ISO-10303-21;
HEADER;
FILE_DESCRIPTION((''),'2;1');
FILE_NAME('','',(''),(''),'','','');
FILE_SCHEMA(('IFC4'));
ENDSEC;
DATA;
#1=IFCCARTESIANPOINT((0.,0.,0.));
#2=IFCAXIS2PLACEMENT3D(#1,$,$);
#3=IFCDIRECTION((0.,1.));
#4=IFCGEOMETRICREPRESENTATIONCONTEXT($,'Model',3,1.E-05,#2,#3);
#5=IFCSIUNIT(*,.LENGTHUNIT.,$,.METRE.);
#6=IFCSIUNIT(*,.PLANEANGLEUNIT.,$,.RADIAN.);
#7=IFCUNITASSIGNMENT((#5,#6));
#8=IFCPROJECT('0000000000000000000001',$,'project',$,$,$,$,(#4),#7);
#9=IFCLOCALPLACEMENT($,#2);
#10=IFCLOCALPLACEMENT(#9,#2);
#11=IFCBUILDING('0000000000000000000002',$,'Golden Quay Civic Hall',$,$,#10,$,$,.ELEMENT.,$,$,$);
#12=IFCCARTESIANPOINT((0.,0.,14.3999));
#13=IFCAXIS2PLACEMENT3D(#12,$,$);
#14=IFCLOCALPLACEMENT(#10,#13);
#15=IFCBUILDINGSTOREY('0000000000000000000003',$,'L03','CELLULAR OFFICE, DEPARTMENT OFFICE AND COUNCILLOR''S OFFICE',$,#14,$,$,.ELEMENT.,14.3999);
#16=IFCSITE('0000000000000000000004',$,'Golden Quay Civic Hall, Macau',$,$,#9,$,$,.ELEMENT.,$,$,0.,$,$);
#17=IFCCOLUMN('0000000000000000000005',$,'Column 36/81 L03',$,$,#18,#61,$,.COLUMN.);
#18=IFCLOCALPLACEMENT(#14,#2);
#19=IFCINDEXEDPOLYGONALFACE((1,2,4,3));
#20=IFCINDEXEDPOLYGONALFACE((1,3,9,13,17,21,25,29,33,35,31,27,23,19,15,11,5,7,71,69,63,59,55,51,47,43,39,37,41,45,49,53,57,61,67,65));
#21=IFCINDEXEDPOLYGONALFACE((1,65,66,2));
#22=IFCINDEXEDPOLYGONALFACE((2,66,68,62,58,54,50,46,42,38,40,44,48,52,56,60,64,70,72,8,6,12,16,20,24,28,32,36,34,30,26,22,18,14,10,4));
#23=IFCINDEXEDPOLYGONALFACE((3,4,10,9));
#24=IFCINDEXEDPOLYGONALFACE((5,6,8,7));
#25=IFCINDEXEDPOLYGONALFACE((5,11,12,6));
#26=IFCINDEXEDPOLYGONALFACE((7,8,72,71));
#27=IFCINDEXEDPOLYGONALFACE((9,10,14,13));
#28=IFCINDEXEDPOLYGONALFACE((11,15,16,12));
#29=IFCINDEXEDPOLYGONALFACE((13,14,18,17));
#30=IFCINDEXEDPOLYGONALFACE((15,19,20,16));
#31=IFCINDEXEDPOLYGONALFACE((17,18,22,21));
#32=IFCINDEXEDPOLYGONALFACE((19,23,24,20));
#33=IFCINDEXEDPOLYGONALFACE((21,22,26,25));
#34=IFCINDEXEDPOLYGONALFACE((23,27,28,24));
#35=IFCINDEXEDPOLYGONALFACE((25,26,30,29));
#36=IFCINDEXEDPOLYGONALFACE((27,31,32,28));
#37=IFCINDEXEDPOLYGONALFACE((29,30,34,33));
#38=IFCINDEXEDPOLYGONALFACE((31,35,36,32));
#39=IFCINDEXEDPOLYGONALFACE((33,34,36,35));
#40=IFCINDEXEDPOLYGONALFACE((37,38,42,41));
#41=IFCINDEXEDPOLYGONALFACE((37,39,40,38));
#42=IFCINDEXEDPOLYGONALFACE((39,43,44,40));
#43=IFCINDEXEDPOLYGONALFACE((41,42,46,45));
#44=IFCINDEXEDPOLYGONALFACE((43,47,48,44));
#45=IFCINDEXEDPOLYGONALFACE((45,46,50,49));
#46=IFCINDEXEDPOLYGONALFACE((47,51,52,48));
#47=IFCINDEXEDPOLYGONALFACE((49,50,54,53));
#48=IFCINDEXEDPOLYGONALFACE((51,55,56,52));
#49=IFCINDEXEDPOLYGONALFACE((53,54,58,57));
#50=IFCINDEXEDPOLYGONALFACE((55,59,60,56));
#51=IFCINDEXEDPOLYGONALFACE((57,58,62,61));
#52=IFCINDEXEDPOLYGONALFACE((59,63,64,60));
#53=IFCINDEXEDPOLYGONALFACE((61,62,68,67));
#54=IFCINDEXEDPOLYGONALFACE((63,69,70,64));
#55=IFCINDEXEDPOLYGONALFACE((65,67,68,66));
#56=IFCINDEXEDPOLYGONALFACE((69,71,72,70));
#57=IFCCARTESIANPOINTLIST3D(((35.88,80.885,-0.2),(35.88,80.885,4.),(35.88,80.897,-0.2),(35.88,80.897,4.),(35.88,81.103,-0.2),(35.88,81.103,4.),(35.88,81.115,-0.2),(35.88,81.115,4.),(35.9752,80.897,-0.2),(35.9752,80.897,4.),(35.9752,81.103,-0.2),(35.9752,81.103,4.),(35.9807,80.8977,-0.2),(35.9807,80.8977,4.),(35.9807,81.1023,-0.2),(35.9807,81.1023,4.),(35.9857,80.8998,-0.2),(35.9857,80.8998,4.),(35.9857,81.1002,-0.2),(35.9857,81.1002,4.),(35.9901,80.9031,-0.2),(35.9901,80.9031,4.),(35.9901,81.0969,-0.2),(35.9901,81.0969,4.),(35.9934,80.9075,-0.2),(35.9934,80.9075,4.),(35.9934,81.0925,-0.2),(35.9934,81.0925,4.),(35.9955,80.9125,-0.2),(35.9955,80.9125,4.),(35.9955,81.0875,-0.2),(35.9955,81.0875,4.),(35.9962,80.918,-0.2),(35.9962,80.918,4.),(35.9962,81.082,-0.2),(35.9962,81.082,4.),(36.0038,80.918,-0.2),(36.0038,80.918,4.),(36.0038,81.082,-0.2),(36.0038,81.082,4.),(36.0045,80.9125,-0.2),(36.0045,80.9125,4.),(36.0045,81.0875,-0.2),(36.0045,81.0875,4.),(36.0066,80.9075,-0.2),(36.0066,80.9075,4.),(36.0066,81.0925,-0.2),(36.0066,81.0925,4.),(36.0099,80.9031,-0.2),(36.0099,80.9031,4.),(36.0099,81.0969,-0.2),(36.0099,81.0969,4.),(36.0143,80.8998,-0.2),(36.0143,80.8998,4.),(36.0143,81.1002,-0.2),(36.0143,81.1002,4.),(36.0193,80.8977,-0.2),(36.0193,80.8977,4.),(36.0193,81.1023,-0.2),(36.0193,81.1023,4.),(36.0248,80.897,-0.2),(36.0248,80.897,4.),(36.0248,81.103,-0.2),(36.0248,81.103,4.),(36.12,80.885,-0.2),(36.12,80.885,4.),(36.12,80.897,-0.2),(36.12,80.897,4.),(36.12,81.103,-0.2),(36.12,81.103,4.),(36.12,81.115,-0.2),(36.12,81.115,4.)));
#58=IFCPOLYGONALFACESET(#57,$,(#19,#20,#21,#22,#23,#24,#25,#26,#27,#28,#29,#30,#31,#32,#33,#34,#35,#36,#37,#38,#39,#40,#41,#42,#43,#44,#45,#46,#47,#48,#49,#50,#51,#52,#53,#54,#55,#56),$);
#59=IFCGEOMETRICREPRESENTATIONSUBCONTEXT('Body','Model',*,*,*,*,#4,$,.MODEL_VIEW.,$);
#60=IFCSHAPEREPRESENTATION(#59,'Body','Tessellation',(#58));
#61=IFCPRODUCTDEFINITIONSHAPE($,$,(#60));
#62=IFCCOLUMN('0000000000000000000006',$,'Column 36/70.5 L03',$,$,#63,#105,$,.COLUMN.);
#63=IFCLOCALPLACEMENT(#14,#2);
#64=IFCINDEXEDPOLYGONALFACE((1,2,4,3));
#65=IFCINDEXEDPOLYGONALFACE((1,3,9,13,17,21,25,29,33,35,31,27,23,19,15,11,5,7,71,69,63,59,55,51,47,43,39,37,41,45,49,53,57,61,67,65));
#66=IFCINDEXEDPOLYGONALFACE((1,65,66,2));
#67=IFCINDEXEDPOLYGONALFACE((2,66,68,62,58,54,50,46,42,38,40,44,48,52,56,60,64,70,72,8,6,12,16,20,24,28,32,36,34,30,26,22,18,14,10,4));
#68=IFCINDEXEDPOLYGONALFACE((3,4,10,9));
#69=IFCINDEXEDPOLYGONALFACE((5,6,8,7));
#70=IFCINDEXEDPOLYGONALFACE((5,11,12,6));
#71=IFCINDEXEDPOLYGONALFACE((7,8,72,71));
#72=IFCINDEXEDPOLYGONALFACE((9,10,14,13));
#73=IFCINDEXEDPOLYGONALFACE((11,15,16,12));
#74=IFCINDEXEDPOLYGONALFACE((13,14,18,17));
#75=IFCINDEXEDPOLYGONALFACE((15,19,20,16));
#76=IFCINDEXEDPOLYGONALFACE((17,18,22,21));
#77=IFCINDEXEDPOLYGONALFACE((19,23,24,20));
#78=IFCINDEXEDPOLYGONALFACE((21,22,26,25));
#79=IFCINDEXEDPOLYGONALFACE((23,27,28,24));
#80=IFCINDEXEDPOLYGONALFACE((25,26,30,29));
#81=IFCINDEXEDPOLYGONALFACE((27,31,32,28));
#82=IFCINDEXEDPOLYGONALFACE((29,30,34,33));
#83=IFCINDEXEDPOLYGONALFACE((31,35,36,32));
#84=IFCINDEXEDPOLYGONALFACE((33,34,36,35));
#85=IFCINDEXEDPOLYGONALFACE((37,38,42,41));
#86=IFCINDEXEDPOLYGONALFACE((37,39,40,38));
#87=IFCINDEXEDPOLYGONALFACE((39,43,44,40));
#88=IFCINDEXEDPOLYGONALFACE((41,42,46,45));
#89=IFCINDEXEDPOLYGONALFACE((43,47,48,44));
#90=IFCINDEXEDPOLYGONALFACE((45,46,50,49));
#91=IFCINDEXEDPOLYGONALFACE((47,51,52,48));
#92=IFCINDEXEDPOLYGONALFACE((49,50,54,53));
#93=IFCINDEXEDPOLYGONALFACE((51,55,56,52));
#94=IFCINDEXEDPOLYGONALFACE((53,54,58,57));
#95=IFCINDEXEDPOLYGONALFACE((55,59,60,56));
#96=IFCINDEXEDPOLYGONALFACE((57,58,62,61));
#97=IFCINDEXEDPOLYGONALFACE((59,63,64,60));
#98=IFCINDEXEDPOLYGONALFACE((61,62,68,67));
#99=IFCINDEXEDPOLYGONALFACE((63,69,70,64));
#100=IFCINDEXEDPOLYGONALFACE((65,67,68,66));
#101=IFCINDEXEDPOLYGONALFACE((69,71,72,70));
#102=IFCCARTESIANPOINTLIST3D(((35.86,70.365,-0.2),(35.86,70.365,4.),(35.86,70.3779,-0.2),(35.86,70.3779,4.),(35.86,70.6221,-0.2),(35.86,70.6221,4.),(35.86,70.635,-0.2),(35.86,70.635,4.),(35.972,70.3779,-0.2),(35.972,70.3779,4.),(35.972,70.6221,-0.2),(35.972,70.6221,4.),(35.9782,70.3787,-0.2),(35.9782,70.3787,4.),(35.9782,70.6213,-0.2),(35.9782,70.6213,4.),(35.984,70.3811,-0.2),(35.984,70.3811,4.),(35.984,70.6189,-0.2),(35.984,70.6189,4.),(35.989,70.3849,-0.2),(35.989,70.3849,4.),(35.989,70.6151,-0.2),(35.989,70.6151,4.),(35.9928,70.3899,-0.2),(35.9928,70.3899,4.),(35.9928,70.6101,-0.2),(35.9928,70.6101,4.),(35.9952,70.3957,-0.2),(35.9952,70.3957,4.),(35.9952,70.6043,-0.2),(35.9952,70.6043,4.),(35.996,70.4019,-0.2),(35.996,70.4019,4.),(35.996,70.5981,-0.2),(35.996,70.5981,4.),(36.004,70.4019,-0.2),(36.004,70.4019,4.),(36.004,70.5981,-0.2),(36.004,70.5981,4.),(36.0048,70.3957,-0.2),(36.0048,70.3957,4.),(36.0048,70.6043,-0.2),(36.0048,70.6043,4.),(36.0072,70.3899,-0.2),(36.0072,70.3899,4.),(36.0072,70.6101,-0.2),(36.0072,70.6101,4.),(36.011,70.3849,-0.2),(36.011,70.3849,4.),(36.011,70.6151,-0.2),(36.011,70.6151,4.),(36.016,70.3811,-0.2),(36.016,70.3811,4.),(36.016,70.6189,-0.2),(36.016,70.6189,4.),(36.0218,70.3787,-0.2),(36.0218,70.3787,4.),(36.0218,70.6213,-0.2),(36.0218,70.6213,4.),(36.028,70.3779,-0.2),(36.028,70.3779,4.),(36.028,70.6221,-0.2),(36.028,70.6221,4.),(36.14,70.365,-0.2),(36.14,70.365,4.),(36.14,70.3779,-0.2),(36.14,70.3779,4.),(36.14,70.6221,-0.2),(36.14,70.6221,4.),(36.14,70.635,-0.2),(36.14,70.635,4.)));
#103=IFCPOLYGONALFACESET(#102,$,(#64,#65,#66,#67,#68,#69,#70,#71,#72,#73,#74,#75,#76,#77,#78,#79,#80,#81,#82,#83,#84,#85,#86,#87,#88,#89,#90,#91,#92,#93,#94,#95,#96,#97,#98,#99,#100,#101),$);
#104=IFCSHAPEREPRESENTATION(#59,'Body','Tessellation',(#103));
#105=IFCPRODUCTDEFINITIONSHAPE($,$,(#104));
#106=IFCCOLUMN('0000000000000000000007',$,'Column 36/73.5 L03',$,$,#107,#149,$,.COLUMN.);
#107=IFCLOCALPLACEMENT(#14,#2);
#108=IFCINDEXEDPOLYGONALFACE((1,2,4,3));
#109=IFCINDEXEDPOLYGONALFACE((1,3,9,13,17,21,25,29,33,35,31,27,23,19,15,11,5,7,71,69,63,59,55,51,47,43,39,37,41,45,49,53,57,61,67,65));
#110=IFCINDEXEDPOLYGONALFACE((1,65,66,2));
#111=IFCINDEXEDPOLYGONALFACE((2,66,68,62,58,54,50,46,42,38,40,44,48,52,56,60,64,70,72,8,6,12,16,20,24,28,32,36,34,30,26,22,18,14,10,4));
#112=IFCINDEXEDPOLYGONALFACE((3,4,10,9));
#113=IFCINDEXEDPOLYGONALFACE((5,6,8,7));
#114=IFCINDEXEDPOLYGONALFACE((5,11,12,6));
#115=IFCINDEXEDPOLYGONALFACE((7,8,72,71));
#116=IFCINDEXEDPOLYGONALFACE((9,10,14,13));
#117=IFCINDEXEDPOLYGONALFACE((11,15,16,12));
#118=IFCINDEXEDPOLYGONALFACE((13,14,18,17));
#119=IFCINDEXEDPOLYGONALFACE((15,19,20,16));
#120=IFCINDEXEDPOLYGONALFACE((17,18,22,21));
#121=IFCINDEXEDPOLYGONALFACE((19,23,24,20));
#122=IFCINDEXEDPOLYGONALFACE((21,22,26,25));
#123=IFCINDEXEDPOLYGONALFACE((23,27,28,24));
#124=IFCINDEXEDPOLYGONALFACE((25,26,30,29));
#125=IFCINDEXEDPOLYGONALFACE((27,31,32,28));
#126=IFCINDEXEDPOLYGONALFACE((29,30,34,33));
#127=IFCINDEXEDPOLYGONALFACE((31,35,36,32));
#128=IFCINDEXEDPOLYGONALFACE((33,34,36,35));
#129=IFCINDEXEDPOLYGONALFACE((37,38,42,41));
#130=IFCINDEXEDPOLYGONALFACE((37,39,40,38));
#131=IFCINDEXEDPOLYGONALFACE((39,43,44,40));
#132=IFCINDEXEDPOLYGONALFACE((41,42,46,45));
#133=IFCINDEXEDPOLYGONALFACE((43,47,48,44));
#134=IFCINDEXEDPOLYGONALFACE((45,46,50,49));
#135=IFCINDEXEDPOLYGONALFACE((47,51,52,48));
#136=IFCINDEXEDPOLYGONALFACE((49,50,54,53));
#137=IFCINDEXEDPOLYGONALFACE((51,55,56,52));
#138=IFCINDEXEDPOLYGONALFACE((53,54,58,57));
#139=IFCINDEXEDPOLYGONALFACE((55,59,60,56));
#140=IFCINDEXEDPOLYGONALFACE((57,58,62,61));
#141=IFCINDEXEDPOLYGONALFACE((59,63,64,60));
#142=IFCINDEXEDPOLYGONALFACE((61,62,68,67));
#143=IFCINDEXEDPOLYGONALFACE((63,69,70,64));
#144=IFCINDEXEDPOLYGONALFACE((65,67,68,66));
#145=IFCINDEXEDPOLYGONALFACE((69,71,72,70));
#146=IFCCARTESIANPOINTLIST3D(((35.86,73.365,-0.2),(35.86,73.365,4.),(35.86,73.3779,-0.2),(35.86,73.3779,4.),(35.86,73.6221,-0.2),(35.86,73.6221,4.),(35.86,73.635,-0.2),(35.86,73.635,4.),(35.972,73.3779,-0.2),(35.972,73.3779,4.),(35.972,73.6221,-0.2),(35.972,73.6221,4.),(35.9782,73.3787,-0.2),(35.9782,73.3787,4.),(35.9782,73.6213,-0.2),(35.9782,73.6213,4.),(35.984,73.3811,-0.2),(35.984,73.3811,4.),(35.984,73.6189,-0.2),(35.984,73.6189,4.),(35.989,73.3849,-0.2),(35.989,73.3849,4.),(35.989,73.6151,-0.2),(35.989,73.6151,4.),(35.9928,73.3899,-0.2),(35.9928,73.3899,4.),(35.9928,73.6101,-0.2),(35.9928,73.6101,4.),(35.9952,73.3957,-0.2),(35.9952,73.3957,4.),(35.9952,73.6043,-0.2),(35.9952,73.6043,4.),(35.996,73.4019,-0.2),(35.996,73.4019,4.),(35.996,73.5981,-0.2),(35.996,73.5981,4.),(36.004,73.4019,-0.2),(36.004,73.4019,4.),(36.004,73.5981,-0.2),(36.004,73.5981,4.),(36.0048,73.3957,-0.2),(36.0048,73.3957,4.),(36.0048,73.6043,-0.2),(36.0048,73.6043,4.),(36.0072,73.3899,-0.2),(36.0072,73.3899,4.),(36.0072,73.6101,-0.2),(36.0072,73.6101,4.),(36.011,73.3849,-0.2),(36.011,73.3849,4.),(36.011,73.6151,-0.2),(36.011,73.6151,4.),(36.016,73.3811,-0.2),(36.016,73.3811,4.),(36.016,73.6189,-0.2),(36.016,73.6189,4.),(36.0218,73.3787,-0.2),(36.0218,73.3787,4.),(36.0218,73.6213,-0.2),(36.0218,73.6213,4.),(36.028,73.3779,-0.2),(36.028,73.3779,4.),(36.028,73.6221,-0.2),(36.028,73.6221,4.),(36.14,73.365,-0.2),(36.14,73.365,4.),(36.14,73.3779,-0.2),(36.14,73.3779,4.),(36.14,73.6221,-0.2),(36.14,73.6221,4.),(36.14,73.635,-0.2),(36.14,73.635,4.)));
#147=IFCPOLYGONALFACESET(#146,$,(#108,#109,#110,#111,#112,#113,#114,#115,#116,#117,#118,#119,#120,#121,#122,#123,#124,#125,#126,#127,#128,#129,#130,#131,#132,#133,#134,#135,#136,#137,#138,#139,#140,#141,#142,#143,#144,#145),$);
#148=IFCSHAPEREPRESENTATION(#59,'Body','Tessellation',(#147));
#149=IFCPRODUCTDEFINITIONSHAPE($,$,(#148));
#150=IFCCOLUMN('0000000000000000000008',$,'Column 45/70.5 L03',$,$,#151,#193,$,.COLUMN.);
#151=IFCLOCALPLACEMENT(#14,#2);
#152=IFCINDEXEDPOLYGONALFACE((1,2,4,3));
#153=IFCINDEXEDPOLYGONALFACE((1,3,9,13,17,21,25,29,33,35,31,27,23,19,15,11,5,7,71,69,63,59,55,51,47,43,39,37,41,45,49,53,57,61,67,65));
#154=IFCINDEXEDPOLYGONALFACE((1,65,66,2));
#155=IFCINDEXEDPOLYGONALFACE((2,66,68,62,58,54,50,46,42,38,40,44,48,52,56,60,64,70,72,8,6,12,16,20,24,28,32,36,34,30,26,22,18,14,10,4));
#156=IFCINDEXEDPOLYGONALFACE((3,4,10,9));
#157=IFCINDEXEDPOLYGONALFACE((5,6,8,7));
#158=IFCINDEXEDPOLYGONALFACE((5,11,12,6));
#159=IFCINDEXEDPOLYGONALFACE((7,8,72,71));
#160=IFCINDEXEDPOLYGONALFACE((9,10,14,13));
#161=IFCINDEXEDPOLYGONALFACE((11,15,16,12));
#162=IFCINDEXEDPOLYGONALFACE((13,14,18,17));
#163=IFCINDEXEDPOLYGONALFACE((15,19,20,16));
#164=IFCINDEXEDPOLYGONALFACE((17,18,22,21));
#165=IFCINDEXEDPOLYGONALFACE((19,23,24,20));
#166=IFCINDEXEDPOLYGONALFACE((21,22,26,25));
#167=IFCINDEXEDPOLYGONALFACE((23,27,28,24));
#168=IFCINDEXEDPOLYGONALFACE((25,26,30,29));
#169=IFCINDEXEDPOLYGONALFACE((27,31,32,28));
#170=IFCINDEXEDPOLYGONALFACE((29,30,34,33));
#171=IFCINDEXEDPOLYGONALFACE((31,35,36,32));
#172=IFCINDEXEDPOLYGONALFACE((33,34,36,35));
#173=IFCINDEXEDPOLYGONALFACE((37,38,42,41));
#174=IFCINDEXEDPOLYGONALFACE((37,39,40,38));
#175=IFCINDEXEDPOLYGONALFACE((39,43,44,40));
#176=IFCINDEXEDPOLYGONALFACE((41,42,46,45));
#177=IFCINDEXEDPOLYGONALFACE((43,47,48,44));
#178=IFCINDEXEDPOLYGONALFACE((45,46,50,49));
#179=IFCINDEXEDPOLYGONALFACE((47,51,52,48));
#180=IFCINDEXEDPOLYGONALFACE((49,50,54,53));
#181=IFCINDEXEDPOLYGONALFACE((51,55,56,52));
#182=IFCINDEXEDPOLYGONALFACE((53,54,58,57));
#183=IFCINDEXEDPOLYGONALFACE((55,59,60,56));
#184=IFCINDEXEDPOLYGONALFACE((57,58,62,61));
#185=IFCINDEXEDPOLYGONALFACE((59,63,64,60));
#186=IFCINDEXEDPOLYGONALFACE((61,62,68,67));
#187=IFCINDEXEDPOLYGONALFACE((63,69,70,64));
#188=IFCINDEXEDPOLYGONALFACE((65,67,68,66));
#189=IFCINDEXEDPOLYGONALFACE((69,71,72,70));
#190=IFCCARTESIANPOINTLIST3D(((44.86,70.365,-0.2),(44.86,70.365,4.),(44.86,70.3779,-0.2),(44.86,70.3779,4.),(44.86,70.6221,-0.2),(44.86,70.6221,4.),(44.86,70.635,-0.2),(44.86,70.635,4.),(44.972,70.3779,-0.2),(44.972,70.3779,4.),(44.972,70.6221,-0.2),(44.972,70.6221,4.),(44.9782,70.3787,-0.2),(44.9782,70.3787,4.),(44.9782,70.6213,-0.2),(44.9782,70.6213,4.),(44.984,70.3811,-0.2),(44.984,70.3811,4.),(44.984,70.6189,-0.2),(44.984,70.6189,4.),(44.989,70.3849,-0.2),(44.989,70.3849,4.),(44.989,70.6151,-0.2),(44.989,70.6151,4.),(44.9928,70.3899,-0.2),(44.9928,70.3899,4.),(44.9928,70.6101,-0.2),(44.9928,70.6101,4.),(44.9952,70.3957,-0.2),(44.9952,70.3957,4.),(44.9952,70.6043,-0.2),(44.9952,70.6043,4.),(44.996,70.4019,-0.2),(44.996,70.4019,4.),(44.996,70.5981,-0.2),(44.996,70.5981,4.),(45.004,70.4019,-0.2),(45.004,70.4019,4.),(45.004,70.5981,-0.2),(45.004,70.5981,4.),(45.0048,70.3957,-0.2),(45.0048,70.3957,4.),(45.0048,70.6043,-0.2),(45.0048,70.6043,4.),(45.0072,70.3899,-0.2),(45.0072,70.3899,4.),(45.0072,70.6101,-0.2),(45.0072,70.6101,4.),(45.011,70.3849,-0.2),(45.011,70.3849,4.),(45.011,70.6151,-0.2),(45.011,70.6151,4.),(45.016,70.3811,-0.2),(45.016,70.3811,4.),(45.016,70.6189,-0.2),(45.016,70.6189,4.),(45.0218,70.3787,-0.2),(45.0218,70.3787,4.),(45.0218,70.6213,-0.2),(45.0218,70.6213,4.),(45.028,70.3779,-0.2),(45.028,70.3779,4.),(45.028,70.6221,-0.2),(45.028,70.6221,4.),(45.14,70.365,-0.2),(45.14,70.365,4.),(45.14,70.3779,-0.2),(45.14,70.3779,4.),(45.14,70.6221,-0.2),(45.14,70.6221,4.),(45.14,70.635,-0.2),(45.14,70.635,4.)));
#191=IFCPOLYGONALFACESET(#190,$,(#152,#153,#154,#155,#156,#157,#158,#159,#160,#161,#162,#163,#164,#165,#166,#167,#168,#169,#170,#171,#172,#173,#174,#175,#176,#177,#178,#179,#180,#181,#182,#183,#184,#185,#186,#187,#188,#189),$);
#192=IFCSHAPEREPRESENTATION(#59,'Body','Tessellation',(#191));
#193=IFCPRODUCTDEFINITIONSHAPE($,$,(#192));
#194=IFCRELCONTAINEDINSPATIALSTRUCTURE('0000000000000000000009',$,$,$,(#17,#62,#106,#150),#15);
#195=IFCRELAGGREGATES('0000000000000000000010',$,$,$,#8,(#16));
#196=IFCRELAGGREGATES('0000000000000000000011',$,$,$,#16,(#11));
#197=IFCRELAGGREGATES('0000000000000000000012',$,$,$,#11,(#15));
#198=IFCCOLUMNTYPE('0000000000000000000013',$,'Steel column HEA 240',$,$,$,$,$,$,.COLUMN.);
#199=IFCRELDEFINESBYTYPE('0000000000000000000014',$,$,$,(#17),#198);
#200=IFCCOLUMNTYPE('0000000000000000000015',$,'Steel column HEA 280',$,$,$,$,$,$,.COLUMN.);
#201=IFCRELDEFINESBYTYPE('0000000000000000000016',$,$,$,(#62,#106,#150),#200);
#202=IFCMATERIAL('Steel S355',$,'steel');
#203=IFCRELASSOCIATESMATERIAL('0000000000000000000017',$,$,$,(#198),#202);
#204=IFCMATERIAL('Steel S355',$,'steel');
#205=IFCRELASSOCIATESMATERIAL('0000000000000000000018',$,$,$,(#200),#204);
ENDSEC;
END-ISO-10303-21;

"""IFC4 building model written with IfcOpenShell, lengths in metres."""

from ifc_helpers import new_model, si_unit, direction, frame, origin, origin_2d, place, context, subcontext, project, spatial, i_section, extrude, material, material_profile, profile_set, type_object, element, save


model = new_model("IFC4")

# Units and contexts
model_context = context("Model", 3, precision=1e-05, world=origin(), true_north=direction((0.0, 1.0)))
body_context = subcontext(model_context, "Body", "Model", "MODEL_VIEW")
ifc_project = project(units=[si_unit("LENGTHUNIT", "METRE"), si_unit("PLANEANGLEUNIT", "RADIAN")], contexts=[model_context])

# Site, building, storey
site_placement = place(None, origin())
site = spatial("IfcSite", under=ifc_project, at=site_placement, Name="Golden Quay Civic Hall, Macau", CompositionType="ELEMENT", RefElevation=0.0)
building_placement = place(site_placement, origin())
building = spatial("IfcBuilding", under=site, at=building_placement, Name="Golden Quay Civic Hall", CompositionType="ELEMENT")
storey_placement = place(building_placement, frame((0.0, 0.0, 14.3999)))
storey = spatial("IfcBuildingStorey", under=building, at=storey_placement, Name="L03", Description="CELLULAR OFFICE, DEPARTMENT OFFICE AND COUNCILLOR'S OFFICE", CompositionType="ELEMENT", Elevation=14.3999)

# Columns
ifc_material_1 = material(Name="Steel S355", Category="steel")
ifc_material_profile_1 = material_profile(ifc_material_1, i_section(OverallWidth=0.24, OverallDepth=0.23, WebThickness=0.0076, FlangeThickness=0.012, FilletRadius=0.021, at=origin_2d()), Name="HEA 240")
ifc_profile_set_1 = profile_set([ifc_material_profile_1], Name="Steel S355")
column_type_1 = type_object("IfcColumnType", Name="Steel column HEA 240", PredefinedType="COLUMN", material=ifc_profile_set_1)
column_placement = place(storey_placement, frame((36.0, 81.0, -0.2), z_axis=(0.0, 0.0, 1.0), x_axis=(1.0, 0.0, 0.0)))
element("IfcColumn", 1, at=column_placement, inside=storey, type_object=column_type_1, Name="Column 36/81 L03", PredefinedType="COLUMN", context=body_context, shape_type="SweptSolid", body=[
    extrude(i_section(OverallWidth=0.24, OverallDepth=0.23, WebThickness=0.0076, FlangeThickness=0.012, FilletRadius=0.021, at=origin_2d()), origin(), (0.0, 0.0, 1.0), 4.2),
])
ifc_material_2 = material(Name="Steel S355", Category="steel")
ifc_material_profile_2 = material_profile(ifc_material_2, i_section(OverallWidth=0.28, OverallDepth=0.27, WebThickness=0.0081, FlangeThickness=0.0129, FilletRadius=0.0239, at=origin_2d()), Name="HEA 280")
ifc_profile_set_2 = profile_set([ifc_material_profile_2], Name="Steel S355")
column_type_2 = type_object("IfcColumnType", Name="Steel column HEA 280", PredefinedType="COLUMN", material=ifc_profile_set_2)
for number, where, z_axis, x_axis, name in (
    (2, (36.0, 70.5, -0.2), (0.0, 0.0, 1.0), (1.0, 0.0, 0.0), "Column 36/70.5 L03"),
    (3, (36.0, 73.5, -0.2), (0.0, 0.0, 1.0), (1.0, 0.0, 0.0), "Column 36/73.5 L03"),
    (4, (45.0, 70.5, -0.2), (0.0, 0.0, 1.0), (1.0, 0.0, 0.0), "Column 45/70.5 L03"),
):
    element("IfcColumn", number, at=place(storey_placement, frame(where, z_axis=z_axis, x_axis=x_axis)), inside=storey, type_object=column_type_2, Name=name, PredefinedType="COLUMN", context=body_context, shape_type="SweptSolid", body=[
        extrude(i_section(OverallWidth=0.28, OverallDepth=0.27, WebThickness=0.0081, FlangeThickness=0.0129, FilletRadius=0.0239, at=origin_2d()), origin(), (0.0, 0.0, 1.0), 4.2),
    ])

save(model, "model.ifc")
